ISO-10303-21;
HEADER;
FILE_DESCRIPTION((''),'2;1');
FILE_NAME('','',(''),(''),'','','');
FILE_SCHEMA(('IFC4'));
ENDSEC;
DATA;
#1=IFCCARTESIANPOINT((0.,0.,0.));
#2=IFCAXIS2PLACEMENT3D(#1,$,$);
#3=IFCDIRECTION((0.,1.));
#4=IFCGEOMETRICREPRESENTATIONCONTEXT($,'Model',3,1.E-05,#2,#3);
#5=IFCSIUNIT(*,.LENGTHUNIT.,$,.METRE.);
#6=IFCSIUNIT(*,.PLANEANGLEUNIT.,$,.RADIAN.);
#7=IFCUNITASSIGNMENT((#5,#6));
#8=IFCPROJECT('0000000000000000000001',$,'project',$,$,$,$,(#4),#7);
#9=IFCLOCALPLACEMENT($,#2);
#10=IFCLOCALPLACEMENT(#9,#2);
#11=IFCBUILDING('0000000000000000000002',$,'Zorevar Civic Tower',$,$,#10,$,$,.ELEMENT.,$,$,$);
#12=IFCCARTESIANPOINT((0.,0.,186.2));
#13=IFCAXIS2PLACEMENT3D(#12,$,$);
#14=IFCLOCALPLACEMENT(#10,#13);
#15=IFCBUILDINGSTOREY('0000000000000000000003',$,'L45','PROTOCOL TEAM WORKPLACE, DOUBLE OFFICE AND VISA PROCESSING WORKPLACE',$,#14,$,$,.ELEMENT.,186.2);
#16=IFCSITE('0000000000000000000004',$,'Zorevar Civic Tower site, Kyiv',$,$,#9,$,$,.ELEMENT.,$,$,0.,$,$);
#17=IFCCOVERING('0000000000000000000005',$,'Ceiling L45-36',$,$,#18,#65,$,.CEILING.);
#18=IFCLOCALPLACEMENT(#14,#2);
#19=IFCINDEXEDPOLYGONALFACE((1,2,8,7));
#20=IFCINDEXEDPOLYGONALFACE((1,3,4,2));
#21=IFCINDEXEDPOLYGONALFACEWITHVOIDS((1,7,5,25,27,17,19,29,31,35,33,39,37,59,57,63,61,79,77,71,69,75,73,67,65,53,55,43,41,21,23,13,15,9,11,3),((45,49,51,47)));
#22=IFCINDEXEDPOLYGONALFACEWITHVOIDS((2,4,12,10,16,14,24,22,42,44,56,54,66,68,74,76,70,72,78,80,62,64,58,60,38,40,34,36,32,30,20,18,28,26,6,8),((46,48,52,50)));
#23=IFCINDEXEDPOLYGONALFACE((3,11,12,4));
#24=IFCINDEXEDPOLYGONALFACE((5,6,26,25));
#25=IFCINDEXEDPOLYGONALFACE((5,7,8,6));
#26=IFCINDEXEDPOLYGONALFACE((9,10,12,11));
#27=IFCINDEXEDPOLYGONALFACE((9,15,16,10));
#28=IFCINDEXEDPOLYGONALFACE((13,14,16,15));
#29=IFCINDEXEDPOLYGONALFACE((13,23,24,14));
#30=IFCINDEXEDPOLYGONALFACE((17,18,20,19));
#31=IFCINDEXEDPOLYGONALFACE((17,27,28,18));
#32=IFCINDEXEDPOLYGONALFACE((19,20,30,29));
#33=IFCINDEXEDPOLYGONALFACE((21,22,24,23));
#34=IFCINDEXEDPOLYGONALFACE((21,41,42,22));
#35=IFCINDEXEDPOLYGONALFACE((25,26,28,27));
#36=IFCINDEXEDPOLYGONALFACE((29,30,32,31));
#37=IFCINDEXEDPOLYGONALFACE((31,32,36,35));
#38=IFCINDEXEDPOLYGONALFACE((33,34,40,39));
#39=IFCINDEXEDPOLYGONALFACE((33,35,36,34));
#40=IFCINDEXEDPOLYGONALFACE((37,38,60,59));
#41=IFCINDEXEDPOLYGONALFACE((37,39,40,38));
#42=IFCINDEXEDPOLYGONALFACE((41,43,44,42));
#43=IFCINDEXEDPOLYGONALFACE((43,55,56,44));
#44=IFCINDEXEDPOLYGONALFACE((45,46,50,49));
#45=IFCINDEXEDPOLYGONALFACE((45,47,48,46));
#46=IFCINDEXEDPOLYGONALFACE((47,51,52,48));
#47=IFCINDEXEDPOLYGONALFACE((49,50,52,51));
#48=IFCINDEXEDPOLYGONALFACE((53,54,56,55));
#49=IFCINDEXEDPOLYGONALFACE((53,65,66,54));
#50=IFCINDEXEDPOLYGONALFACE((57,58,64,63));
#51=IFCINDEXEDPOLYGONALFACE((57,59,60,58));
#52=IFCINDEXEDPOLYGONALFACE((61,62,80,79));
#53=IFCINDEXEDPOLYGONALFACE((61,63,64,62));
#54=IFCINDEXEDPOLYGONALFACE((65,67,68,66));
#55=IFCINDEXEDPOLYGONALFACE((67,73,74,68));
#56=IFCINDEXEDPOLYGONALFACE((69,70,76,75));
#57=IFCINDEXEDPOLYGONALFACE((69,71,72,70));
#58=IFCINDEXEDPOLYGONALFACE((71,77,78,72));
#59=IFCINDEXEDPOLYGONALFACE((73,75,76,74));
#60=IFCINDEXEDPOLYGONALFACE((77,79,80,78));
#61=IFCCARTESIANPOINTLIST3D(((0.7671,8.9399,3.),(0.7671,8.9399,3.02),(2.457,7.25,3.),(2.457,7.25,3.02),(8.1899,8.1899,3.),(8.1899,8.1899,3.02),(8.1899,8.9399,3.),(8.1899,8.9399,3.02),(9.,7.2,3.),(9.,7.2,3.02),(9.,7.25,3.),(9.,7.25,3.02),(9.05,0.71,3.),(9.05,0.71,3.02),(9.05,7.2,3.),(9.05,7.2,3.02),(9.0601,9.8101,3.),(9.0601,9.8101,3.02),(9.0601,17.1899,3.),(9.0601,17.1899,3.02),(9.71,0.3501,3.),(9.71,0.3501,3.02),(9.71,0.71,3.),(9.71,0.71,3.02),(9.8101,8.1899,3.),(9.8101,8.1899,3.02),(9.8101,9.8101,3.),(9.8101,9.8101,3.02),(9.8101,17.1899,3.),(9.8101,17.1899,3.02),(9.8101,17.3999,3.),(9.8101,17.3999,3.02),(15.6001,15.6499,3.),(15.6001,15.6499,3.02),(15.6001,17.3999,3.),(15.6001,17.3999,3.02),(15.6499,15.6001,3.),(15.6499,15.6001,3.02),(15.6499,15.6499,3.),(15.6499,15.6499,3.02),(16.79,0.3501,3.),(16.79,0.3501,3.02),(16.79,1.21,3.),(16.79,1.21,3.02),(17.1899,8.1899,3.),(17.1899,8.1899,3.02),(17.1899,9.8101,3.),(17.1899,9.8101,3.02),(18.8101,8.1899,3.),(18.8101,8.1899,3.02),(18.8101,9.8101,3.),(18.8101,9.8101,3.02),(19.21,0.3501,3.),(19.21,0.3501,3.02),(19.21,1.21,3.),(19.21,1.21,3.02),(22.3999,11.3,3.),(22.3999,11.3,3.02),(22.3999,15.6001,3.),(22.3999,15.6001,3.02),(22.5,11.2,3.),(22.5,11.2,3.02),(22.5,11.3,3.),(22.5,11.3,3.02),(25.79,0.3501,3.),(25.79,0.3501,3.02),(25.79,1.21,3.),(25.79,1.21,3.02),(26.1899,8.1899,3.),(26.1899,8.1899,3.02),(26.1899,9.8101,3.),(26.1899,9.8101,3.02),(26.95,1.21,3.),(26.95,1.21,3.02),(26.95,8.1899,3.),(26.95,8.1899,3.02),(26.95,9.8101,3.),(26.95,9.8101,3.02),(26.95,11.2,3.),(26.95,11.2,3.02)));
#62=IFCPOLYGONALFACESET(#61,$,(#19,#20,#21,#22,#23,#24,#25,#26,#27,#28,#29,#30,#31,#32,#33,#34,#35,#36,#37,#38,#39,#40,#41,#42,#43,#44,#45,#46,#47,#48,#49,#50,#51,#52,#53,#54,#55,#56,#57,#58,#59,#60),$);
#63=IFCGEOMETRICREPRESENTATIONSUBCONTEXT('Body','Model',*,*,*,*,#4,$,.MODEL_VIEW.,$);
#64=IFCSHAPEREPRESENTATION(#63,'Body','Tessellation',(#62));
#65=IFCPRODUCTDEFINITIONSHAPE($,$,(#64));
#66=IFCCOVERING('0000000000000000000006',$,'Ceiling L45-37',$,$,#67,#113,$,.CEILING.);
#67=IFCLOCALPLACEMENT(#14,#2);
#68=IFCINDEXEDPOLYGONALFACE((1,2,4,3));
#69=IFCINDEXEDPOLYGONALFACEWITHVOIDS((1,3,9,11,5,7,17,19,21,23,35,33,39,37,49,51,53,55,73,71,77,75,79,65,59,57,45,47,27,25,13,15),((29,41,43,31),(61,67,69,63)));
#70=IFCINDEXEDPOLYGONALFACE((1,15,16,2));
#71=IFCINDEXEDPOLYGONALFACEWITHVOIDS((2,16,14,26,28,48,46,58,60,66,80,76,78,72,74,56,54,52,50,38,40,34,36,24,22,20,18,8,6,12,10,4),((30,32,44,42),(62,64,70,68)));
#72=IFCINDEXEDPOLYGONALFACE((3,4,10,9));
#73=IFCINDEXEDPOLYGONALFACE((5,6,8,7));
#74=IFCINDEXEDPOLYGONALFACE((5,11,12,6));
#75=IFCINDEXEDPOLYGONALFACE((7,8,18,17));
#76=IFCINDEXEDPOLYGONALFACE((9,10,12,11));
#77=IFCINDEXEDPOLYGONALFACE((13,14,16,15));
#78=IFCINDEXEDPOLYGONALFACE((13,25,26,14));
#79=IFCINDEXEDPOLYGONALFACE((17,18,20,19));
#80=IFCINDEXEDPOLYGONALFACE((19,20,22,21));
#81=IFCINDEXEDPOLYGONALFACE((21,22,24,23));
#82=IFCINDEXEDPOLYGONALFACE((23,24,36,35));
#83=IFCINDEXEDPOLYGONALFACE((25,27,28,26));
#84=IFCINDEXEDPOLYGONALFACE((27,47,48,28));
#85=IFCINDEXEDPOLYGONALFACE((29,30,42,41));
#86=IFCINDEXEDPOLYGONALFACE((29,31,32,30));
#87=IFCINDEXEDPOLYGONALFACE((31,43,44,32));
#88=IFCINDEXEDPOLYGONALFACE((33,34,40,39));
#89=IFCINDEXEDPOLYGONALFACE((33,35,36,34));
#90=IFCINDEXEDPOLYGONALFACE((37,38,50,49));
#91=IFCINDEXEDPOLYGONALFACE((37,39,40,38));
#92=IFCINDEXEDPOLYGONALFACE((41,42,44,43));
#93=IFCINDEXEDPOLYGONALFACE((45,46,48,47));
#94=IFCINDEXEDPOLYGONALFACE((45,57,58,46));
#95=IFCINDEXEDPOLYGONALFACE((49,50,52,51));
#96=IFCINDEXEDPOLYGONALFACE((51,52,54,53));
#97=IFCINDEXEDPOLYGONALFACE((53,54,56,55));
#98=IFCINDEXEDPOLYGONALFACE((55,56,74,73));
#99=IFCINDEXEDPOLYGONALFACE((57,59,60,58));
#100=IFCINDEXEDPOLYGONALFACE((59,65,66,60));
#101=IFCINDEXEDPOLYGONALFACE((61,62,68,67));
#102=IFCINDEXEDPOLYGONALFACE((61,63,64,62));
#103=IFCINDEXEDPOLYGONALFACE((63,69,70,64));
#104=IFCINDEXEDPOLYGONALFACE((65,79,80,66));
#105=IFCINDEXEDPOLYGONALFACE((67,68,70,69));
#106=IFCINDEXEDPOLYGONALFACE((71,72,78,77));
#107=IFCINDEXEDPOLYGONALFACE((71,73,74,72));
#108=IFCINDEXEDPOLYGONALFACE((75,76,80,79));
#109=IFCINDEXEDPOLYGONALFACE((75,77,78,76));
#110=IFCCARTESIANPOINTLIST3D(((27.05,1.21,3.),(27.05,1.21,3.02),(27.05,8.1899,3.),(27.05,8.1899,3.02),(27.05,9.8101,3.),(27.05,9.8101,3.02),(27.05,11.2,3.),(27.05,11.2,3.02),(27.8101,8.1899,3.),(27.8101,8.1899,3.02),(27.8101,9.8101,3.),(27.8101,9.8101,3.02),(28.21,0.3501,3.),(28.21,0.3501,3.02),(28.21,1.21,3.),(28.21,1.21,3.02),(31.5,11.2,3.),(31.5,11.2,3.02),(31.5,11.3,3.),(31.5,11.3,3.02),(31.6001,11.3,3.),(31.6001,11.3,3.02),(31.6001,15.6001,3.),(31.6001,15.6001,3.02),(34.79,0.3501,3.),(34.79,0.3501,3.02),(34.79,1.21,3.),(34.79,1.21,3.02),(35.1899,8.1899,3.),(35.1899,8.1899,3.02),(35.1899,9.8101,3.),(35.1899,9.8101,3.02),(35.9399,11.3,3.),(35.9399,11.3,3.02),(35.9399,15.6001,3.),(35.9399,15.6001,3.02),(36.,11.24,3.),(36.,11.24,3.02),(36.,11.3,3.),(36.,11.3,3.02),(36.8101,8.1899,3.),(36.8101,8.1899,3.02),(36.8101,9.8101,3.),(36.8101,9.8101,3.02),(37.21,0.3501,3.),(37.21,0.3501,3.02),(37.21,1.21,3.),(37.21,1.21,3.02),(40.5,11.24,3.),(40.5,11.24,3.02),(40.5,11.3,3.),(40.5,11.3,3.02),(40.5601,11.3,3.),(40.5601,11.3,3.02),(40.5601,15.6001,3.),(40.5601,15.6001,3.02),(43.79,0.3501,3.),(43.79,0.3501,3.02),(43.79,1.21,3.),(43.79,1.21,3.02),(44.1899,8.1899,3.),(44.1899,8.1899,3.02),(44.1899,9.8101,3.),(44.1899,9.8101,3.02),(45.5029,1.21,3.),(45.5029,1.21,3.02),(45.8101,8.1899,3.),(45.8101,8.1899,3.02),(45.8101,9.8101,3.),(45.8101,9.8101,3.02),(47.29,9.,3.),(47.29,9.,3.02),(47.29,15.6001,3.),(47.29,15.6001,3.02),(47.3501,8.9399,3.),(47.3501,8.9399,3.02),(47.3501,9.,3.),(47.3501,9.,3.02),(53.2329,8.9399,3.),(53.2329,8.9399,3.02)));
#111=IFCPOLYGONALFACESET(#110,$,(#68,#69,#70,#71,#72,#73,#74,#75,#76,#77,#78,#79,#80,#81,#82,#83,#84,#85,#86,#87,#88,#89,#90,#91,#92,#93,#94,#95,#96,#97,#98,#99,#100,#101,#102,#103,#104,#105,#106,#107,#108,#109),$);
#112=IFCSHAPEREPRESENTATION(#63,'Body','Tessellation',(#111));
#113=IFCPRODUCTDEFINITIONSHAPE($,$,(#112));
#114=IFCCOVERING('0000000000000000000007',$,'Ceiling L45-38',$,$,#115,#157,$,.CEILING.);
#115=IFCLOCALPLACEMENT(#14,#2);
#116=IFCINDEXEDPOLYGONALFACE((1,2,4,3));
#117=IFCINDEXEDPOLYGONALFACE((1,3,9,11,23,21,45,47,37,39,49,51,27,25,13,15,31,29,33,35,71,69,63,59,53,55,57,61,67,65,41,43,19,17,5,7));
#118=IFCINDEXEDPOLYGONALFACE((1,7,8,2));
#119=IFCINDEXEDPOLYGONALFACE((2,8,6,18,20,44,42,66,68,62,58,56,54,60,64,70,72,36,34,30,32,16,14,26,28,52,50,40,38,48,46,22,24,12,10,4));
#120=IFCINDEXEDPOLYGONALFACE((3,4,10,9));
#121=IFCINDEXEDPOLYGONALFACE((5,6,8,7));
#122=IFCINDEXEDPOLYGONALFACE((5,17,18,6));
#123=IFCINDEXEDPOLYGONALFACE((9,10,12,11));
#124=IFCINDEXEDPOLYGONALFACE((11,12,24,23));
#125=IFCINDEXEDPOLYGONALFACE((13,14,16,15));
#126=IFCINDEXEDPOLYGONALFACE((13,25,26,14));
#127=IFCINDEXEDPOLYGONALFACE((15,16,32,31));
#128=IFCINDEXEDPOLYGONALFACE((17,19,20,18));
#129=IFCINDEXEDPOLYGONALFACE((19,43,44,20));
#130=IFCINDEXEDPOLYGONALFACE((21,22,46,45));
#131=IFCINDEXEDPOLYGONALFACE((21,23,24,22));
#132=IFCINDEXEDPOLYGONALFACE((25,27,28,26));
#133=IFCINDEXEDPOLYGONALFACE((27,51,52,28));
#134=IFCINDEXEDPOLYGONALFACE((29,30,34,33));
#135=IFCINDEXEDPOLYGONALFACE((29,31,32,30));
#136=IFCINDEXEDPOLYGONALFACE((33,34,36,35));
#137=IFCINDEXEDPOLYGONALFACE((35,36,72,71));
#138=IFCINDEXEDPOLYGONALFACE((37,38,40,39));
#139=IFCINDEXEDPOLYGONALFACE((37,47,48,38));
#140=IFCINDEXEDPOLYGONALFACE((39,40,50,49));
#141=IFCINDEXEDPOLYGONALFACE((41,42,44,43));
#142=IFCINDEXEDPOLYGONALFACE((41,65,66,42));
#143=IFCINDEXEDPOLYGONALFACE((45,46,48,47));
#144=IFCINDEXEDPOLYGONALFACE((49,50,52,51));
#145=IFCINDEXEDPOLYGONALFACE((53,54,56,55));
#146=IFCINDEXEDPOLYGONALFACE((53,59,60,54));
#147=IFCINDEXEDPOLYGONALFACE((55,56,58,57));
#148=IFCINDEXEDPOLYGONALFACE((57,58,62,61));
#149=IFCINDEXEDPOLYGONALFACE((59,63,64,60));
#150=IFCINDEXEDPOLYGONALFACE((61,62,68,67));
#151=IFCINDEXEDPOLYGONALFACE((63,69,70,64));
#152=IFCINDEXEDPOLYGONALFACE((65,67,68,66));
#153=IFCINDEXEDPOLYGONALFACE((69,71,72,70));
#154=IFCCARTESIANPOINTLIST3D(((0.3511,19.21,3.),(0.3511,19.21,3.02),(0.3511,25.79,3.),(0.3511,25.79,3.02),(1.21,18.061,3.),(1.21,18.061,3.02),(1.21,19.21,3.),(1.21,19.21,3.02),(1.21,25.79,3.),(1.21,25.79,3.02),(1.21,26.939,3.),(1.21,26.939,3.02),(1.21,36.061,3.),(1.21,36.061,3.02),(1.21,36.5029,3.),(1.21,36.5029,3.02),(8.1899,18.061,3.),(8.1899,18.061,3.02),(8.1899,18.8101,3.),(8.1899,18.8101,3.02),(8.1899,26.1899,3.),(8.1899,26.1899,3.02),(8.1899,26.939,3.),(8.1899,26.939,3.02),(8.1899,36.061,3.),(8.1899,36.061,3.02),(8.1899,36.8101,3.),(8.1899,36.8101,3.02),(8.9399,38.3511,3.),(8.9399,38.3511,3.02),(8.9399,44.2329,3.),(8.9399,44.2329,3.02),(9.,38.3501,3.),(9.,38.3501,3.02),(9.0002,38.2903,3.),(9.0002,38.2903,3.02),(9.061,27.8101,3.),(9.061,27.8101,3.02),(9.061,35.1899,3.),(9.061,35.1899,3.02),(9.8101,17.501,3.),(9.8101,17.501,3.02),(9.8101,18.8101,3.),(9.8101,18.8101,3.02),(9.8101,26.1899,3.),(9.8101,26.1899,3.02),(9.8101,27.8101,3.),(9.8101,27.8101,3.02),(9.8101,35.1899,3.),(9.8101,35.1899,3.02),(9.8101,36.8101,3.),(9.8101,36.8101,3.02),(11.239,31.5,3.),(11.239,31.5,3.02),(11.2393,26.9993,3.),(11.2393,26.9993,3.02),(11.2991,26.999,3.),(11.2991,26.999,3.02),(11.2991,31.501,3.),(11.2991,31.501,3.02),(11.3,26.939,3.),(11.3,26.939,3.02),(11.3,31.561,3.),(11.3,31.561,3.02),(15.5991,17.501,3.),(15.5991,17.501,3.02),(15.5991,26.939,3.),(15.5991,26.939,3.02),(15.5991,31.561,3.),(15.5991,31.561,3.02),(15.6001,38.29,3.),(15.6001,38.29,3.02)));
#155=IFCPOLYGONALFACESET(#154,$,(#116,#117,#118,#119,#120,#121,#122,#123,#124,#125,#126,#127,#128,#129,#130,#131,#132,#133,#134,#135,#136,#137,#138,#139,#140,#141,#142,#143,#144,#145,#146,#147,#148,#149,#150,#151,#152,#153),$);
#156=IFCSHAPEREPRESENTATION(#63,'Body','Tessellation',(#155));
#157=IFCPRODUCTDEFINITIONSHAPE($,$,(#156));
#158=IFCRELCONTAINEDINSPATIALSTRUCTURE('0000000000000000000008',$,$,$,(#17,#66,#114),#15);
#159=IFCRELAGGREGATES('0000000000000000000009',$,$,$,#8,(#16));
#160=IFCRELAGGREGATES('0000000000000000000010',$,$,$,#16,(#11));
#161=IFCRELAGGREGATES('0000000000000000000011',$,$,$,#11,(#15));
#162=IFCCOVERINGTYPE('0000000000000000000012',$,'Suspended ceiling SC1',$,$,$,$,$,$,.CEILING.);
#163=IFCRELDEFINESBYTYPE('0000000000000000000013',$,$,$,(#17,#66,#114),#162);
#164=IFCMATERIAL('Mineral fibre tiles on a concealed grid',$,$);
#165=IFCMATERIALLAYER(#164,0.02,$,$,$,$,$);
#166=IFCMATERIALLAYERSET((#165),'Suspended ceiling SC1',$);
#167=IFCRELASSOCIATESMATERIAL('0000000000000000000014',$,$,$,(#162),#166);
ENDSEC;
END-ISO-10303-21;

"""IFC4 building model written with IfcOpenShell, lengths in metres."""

from ifc_helpers import new_model, si_unit, direction, frame, origin, place, context, subcontext, project, spatial, polyline, outline, extrude, material, layer, layer_set, type_object, element, save


model = new_model("IFC4")

# Units and contexts
model_context = context("Model", 3, precision=1e-05, world=origin(), true_north=direction((0.0, 1.0)))
body_context = subcontext(model_context, "Body", "Model", "MODEL_VIEW")
ifc_project = project(units=[si_unit("LENGTHUNIT", "METRE"), si_unit("PLANEANGLEUNIT", "RADIAN")], contexts=[model_context])

# Site, building, storey
site_placement = place(None, origin())
site = spatial("IfcSite", under=ifc_project, at=site_placement, Name="Zorevar Civic Tower site, Kyiv", CompositionType="ELEMENT", RefElevation=0.0)
building_placement = place(site_placement, origin())
building = spatial("IfcBuilding", under=site, at=building_placement, Name="Zorevar Civic Tower", CompositionType="ELEMENT")
storey_placement = place(building_placement, frame((0.0, 0.0, 186.2)))
storey = spatial("IfcBuildingStorey", under=building, at=storey_placement, Name="L45", Description="PROTOCOL TEAM WORKPLACE, DOUBLE OFFICE AND VISA PROCESSING WORKPLACE", CompositionType="ELEMENT", Elevation=186.2)

# Coverings
ifc_material_1 = material(Name="Mineral fibre tiles on a concealed grid")
ifc_layer_1 = layer(ifc_material_1, 0.02)
ifc_layer_set_1 = layer_set([ifc_layer_1], Name="Suspended ceiling SC1")
covering_type_1 = type_object("IfcCoveringType", Name="Suspended ceiling SC1", PredefinedType="CEILING", material=ifc_layer_set_1)
covering_1_placement = place(storey_placement, frame((0.0, 0.0, 3.0)))
element("IfcCovering", 1, at=covering_1_placement, inside=storey, type_object=covering_type_1, Name="Ceiling L45-36", PredefinedType="CEILING", context=body_context, shape_type="SweptSolid", body=[
    extrude(outline(polyline([(22.3999, 11.3), (22.5, 11.3), (22.5, 11.2), (26.95, 11.2), (26.95, 9.8101), (26.1899, 9.8101), (26.1899, 8.1899), (26.95, 8.1899), (26.95, 1.21), (25.79, 1.21), (25.79, 0.3501), (19.21, 0.3501), (19.21, 1.21), (16.79, 1.21), (16.79, 0.3501), (9.71, 0.3501), (9.71, 0.71), (9.05, 0.71), (9.05, 7.2), (9.0, 7.2), (9.0, 7.25), (2.457, 7.25), (0.7671, 8.9399), (8.1899, 8.9399), (8.1899, 8.1899), (9.8101, 8.1899), (9.8101, 9.8101), (9.0601, 9.8101), (9.0601, 17.1899), (9.8101, 17.1899), (9.8101, 17.3999), (15.6001, 17.3999), (15.6001, 15.6499), (15.6499, 15.6499), (15.6499, 15.6001), (22.3999, 15.6001), (22.3999, 11.3)]), holes=[polyline([(18.8101, 8.1899), (18.8101, 9.8101), (17.1899, 9.8101), (17.1899, 8.1899), (18.8101, 8.1899)])]), origin(), (0.0, 0.0, 1.0), 0.02),
])
covering_2_placement = place(storey_placement, frame((0.0, 0.0, 3.0)))
element("IfcCovering", 2, at=covering_2_placement, inside=storey, type_object=covering_type_1, Name="Ceiling L45-37", PredefinedType="CEILING", context=body_context, shape_type="SweptSolid", body=[
    extrude(outline(polyline([(47.3501, 9.0), (47.3501, 8.9399), (53.2329, 8.9399), (45.5029, 1.21), (43.79, 1.21), (43.79, 0.3501), (37.21, 0.3501), (37.21, 1.21), (34.79, 1.21), (34.79, 0.3501), (28.21, 0.3501), (28.21, 1.21), (27.05, 1.21), (27.05, 8.1899), (27.8101, 8.1899), (27.8101, 9.8101), (27.05, 9.8101), (27.05, 11.2), (31.5, 11.2), (31.5, 11.3), (31.6001, 11.3), (31.6001, 15.6001), (35.9399, 15.6001), (35.9399, 11.3), (36.0, 11.3), (36.0, 11.24), (40.5, 11.24), (40.5, 11.3), (40.5601, 11.3), (40.5601, 15.6001), (47.29, 15.6001), (47.29, 9.0), (47.3501, 9.0)]), holes=[polyline([(36.8101, 9.8101), (35.1899, 9.8101), (35.1899, 8.1899), (36.8101, 8.1899), (36.8101, 9.8101)]), polyline([(44.1899, 8.1899), (45.8101, 8.1899), (45.8101, 9.8101), (44.1899, 9.8101), (44.1899, 8.1899)])]), origin(), (0.0, 0.0, 1.0), 0.02),
])
covering_3_placement = place(storey_placement, frame((0.0, 0.0, 3.0)))
element("IfcCovering", 3, at=covering_3_placement, inside=storey, type_object=covering_type_1, Name="Ceiling L45-38", PredefinedType="CEILING", context=body_context, shape_type="SweptSolid", body=[
    extrude(outline(polyline([(8.9399, 38.3511), (9.0, 38.3501), (9.0002, 38.2903), (15.6001, 38.29), (15.5991, 31.561), (11.3, 31.561), (11.2991, 31.501), (11.239, 31.5), (11.2393, 26.9993), (11.2991, 26.999), (11.3, 26.939), (15.5991, 26.939), (15.5991, 17.501), (9.8101, 17.501), (9.8101, 18.8101), (8.1899, 18.8101), (8.1899, 18.061), (1.21, 18.061), (1.21, 19.21), (0.3511, 19.21), (0.3511, 25.79), (1.21, 25.79), (1.21, 26.939), (8.1899, 26.939), (8.1899, 26.1899), (9.8101, 26.1899), (9.8101, 27.8101), (9.061, 27.8101), (9.061, 35.1899), (9.8101, 35.1899), (9.8101, 36.8101), (8.1899, 36.8101), (8.1899, 36.061), (1.21, 36.061), (1.21, 36.5029), (8.9399, 44.2329), (8.9399, 38.3511)])), origin(), (0.0, 0.0, 1.0), 0.02),
])

save(model, "model.ifc")
